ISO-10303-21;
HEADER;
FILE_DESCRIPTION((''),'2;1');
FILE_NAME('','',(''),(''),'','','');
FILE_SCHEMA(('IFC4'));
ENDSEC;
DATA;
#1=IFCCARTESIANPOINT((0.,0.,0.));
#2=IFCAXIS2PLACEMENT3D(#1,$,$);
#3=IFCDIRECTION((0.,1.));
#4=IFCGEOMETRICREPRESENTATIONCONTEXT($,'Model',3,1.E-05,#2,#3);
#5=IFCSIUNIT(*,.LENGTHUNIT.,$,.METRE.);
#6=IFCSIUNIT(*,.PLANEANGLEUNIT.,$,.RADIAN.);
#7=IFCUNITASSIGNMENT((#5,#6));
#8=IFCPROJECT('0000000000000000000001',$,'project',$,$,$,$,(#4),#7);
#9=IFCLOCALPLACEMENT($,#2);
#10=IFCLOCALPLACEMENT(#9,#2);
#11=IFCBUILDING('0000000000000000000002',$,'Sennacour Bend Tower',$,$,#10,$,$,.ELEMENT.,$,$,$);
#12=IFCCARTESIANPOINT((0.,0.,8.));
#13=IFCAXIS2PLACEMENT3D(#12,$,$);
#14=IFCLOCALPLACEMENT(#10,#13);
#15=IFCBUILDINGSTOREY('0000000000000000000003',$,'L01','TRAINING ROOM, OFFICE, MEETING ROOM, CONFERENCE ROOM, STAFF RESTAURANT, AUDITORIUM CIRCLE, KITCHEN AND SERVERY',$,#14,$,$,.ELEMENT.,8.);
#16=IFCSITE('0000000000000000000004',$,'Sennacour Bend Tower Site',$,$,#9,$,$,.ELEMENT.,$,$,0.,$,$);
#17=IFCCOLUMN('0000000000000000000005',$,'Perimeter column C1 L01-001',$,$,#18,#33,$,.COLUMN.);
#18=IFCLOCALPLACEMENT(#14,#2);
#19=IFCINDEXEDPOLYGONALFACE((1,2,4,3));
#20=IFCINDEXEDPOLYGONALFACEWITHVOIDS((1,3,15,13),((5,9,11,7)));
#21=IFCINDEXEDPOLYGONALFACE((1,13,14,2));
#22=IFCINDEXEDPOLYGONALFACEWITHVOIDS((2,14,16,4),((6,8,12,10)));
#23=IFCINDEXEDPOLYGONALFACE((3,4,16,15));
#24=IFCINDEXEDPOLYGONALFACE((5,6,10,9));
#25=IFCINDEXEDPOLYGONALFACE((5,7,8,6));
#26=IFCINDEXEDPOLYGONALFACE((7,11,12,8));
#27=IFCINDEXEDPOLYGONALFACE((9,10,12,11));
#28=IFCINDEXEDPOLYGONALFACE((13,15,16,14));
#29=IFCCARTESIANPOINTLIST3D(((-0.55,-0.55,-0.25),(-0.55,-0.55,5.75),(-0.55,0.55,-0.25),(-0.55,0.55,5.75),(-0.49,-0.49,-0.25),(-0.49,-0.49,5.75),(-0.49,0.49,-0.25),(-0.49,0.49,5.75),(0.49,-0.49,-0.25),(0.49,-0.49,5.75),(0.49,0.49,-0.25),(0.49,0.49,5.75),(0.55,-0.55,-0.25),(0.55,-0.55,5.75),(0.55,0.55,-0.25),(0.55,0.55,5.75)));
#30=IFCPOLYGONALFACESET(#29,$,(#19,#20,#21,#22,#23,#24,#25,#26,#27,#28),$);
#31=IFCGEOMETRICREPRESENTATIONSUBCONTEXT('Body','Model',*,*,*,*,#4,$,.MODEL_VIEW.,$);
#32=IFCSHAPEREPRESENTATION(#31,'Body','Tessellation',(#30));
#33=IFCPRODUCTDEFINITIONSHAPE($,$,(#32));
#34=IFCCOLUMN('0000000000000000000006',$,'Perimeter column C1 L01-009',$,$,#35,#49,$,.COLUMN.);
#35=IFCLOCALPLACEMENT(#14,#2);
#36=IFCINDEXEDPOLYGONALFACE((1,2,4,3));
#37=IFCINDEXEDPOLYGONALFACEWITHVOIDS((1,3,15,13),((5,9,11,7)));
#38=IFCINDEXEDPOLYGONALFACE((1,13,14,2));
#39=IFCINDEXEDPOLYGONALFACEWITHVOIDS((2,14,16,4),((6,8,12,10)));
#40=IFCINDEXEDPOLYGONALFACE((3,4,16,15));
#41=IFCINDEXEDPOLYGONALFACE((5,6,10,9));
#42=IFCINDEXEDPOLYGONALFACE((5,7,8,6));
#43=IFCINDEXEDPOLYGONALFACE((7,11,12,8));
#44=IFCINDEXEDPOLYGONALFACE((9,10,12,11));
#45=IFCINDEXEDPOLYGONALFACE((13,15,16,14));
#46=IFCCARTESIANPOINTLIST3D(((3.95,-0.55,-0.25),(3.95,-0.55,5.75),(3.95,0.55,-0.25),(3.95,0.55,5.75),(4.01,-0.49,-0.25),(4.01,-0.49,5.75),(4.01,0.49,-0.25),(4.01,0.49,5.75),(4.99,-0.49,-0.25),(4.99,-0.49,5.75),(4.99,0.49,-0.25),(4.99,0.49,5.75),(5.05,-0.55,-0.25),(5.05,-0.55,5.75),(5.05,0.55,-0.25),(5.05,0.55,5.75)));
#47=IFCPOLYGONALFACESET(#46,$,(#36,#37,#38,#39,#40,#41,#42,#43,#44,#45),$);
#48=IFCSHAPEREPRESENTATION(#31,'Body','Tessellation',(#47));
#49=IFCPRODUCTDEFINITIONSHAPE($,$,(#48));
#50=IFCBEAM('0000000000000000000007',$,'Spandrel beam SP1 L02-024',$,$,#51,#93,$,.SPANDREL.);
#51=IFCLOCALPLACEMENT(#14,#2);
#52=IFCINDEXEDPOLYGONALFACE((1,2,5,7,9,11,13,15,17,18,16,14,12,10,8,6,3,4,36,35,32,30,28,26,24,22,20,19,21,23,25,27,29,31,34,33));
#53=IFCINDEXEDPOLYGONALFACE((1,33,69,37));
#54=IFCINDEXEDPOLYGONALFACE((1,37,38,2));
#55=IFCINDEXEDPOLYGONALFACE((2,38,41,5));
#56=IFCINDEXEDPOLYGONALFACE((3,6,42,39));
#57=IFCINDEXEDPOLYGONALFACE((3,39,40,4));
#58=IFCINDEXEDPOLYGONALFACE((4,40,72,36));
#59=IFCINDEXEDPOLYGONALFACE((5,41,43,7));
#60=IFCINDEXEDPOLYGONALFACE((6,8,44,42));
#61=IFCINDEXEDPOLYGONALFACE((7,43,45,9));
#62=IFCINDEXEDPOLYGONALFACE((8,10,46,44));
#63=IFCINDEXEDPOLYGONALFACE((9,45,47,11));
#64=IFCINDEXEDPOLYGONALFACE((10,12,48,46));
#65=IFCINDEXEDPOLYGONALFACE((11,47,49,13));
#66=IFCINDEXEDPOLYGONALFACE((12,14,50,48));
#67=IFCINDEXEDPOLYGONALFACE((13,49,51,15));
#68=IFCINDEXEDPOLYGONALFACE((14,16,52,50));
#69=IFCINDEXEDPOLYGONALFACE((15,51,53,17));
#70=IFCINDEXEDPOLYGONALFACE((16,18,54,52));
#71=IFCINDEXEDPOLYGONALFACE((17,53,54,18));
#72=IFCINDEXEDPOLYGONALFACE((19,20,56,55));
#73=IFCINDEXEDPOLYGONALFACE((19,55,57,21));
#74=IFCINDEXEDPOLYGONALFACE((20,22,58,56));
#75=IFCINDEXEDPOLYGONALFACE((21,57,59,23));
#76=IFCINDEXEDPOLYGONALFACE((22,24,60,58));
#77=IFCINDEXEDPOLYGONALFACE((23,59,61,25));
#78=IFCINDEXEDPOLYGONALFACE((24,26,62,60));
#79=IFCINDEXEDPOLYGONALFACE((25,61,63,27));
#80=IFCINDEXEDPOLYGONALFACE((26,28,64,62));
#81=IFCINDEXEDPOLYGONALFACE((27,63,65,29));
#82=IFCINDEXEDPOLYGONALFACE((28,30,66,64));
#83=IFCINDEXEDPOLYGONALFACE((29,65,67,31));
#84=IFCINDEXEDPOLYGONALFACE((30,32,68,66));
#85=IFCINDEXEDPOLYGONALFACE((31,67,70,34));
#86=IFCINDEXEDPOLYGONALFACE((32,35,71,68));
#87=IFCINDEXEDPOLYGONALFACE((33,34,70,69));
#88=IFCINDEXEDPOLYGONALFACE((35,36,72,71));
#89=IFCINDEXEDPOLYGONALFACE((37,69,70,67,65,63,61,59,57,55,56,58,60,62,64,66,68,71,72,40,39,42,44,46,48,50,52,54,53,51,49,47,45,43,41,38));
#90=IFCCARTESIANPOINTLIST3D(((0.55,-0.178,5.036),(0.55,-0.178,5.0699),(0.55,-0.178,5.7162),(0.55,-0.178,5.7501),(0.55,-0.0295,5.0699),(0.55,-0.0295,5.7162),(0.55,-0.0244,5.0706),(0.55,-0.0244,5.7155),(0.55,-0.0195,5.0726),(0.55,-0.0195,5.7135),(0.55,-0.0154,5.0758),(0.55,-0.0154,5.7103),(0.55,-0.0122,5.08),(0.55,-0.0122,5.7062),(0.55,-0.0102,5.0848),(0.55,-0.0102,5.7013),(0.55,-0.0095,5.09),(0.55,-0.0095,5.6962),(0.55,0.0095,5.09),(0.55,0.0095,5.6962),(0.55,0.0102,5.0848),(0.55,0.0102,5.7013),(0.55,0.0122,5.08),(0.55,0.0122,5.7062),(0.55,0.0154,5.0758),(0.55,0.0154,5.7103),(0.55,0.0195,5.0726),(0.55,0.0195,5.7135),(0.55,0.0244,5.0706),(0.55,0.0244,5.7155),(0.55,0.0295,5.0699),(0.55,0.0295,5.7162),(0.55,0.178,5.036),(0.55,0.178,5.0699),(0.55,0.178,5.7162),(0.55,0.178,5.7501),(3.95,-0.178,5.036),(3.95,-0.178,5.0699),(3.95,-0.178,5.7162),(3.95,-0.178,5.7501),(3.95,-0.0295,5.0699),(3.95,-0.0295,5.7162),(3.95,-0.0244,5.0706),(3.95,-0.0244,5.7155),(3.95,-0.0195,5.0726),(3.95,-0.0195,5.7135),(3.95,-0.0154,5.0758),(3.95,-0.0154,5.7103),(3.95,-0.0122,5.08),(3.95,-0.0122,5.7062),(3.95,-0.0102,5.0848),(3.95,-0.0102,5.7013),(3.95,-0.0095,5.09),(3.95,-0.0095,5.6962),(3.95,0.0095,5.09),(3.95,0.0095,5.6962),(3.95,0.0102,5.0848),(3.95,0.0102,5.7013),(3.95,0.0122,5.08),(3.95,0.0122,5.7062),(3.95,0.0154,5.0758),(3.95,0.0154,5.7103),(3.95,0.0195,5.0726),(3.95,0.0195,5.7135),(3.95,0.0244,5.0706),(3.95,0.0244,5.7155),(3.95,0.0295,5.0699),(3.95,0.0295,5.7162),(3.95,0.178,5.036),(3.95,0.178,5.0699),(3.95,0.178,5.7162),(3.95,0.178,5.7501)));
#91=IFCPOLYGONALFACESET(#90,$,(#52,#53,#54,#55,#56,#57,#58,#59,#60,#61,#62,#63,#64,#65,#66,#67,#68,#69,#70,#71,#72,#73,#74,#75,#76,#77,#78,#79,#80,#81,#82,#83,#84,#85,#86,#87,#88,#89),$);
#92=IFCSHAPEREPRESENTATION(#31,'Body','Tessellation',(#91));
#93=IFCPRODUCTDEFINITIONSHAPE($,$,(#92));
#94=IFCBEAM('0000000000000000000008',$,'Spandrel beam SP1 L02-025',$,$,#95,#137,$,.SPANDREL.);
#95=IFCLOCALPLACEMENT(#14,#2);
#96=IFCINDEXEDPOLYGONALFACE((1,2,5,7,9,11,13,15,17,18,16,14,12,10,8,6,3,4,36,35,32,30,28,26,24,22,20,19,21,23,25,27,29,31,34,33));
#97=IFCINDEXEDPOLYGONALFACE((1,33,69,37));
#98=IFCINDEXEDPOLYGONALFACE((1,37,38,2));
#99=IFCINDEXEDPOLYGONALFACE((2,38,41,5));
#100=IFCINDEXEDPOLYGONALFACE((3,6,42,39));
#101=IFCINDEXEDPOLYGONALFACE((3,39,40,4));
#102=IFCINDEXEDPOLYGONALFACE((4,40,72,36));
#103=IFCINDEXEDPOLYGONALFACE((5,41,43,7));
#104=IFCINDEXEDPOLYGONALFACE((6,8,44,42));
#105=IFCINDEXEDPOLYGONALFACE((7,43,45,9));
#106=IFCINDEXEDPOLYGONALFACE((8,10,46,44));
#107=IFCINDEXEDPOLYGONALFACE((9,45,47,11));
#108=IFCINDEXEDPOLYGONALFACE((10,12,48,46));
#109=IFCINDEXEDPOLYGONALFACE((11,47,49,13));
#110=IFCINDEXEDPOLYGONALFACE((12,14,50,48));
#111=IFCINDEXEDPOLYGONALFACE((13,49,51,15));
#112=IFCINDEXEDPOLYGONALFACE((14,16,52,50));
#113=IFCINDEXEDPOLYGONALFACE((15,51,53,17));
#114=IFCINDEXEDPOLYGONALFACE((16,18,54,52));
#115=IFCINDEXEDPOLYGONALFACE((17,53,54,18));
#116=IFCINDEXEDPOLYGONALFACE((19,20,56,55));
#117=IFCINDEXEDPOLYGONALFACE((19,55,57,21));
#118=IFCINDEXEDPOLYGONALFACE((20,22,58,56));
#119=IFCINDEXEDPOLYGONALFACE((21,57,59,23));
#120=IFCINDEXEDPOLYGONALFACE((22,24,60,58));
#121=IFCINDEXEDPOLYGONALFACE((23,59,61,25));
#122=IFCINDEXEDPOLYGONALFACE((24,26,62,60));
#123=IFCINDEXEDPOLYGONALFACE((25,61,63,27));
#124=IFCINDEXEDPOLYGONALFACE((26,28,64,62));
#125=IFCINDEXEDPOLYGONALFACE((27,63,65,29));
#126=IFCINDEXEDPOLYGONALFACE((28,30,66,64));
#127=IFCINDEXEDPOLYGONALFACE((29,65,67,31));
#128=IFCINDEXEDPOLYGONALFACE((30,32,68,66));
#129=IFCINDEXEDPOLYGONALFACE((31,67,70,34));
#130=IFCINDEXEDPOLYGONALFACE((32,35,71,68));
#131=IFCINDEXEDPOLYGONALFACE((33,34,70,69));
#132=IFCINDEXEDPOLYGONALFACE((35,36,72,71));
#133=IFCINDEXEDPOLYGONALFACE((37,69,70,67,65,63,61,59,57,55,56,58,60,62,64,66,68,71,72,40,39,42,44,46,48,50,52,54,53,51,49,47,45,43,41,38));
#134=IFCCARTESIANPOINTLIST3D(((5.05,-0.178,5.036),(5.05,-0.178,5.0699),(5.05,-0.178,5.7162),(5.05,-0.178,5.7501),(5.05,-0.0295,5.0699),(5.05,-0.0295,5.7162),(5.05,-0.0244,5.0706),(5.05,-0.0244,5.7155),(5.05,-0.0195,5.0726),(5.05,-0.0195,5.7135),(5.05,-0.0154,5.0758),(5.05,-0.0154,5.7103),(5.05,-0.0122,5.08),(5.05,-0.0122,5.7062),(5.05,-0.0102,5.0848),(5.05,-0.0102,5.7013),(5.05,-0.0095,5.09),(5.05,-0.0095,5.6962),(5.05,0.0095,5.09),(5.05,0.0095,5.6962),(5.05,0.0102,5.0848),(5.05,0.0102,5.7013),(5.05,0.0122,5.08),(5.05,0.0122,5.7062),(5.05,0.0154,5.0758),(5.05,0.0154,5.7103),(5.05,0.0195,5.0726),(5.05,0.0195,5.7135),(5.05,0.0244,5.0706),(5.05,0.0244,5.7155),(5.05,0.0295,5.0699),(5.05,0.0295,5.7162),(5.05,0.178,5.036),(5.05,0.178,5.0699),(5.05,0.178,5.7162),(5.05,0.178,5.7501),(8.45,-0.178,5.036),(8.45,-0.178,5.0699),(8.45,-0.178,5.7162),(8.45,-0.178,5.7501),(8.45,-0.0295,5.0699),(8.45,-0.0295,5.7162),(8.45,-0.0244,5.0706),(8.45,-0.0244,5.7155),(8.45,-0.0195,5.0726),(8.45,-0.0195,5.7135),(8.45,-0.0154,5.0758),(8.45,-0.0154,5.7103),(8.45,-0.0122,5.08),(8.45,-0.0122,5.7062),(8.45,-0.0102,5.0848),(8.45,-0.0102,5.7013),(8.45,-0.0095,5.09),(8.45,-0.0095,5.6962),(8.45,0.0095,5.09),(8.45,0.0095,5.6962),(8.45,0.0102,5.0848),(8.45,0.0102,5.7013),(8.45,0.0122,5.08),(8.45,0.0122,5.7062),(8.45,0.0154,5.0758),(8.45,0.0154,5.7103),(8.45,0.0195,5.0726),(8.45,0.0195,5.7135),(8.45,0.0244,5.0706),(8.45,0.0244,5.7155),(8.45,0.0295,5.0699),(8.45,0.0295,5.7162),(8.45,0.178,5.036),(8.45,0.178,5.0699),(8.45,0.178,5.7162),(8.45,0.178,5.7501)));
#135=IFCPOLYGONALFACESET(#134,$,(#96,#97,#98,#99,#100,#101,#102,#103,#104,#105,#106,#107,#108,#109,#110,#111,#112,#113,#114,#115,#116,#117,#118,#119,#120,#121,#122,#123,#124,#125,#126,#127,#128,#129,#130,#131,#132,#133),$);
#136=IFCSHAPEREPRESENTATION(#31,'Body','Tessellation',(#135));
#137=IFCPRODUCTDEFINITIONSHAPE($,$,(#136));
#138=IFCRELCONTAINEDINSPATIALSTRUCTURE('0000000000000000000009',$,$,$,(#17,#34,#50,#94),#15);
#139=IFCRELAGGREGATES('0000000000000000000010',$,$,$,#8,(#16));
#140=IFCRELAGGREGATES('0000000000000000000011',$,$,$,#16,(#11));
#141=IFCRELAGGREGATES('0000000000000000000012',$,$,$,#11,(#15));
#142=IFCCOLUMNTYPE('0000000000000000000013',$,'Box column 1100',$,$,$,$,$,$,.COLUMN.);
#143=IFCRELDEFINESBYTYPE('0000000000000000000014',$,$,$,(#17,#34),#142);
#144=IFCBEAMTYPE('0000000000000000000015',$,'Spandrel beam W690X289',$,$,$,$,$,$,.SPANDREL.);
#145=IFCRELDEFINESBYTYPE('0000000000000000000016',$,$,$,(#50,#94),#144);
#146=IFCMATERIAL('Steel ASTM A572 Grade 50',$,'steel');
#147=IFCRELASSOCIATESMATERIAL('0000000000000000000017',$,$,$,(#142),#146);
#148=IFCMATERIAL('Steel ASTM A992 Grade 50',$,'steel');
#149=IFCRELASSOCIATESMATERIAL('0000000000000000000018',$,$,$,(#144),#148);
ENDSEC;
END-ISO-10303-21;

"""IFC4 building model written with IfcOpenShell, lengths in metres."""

from ifc_helpers import new_model, si_unit, direction, frame, origin, origin_2d, place, context, subcontext, project, spatial, hollow_rectangle, i_section, extrude, material, material_profile, profile_set, type_object, element, save


model = new_model("IFC4")

# Units and contexts
model_context = context("Model", 3, precision=1e-05, world=origin(), true_north=direction((0.0, 1.0)))
body_context = subcontext(model_context, "Body", "Model", "MODEL_VIEW")
ifc_project = project(units=[si_unit("LENGTHUNIT", "METRE"), si_unit("PLANEANGLEUNIT", "RADIAN")], contexts=[model_context])

# Site, building, storey
site_placement = place(None, origin())
site = spatial("IfcSite", under=ifc_project, at=site_placement, Name="Sennacour Bend Tower Site", CompositionType="ELEMENT", RefElevation=0.0)
building_placement = place(site_placement, origin())
building = spatial("IfcBuilding", under=site, at=building_placement, Name="Sennacour Bend Tower", CompositionType="ELEMENT")
storey_placement = place(building_placement, frame((0.0, 0.0, 8.0)))
storey = spatial("IfcBuildingStorey", under=building, at=storey_placement, Name="L01", Description="TRAINING ROOM, OFFICE, MEETING ROOM, CONFERENCE ROOM, STAFF RESTAURANT, AUDITORIUM CIRCLE, KITCHEN AND SERVERY", CompositionType="ELEMENT", Elevation=8.0)

# Columns
ifc_material_1 = material(Name="Steel ASTM A572 Grade 50", Category="steel")
ifc_material_profile_1 = material_profile(ifc_material_1, hollow_rectangle(XDim=1.1001, YDim=1.1001, WallThickness=0.0601, at=origin_2d()), Name="Steel ASTM A572 Grade 50", Category="steel")
ifc_profile_set_1 = profile_set([ifc_material_profile_1], Name="Steel ASTM A572 Grade 50")
column_type = type_object("IfcColumnType", Name="Box column 1100", PredefinedType="COLUMN", material=ifc_profile_set_1)
for number, where, z_axis, x_axis, name in (
    (1, (0.0, 0.0, -0.25), (0.0, 0.0, 1.0), (1.0, 0.0, 0.0), "Perimeter column C1 L01-001"),
    (2, (4.5, 0.0, -0.25), (0.0, 0.0, 1.0), (1.0, 0.0, 0.0), "Perimeter column C1 L01-009"),
):
    element("IfcColumn", number, at=place(storey_placement, frame(where, z_axis=z_axis, x_axis=x_axis)), inside=storey, type_object=column_type, Name=name, PredefinedType="COLUMN", context=body_context, shape_type="SweptSolid", body=[
        extrude(hollow_rectangle(XDim=1.1001, YDim=1.1001, WallThickness=0.0601, at=origin_2d()), origin(), (0.0, 0.0, 1.0), 6.0),
    ])

# Beams
ifc_material_2 = material(Name="Steel ASTM A992 Grade 50", Category="steel")
ifc_material_profile_2 = material_profile(ifc_material_2, i_section(OverallWidth=0.356, OverallDepth=0.7141, WebThickness=0.019, FlangeThickness=0.0339, FilletRadius=0.02, at=origin_2d()), Name="Steel ASTM A992 Grade 50", Category="steel")
ifc_profile_set_2 = profile_set([ifc_material_profile_2], Name="Steel ASTM A992 Grade 50")
beam_type = type_object("IfcBeamType", Name="Spandrel beam W690X289", PredefinedType="SPANDREL", material=ifc_profile_set_2)
for number, where, z_axis, x_axis, name in (
    (3, (0.55, 0.0, 5.3931), (1.0, 0.0, 0.0), (0.0, 1.0, 0.0), "Spandrel beam SP1 L02-024"),
    (4, (5.05, 0.0, 5.3931), (1.0, 0.0, 0.0), (0.0, 1.0, 0.0), "Spandrel beam SP1 L02-025"),
):
    element("IfcBeam", number, at=place(storey_placement, frame(where, z_axis=z_axis, x_axis=x_axis)), inside=storey, type_object=beam_type, Name=name, PredefinedType="SPANDREL", context=body_context, shape_type="SweptSolid", body=[
        extrude(i_section(OverallWidth=0.356, OverallDepth=0.7141, WebThickness=0.019, FlangeThickness=0.0339, FilletRadius=0.02, at=origin_2d()), origin(), (0.0, 0.0, 1.0), 3.3999),
    ])

save(model, "model.ifc")
